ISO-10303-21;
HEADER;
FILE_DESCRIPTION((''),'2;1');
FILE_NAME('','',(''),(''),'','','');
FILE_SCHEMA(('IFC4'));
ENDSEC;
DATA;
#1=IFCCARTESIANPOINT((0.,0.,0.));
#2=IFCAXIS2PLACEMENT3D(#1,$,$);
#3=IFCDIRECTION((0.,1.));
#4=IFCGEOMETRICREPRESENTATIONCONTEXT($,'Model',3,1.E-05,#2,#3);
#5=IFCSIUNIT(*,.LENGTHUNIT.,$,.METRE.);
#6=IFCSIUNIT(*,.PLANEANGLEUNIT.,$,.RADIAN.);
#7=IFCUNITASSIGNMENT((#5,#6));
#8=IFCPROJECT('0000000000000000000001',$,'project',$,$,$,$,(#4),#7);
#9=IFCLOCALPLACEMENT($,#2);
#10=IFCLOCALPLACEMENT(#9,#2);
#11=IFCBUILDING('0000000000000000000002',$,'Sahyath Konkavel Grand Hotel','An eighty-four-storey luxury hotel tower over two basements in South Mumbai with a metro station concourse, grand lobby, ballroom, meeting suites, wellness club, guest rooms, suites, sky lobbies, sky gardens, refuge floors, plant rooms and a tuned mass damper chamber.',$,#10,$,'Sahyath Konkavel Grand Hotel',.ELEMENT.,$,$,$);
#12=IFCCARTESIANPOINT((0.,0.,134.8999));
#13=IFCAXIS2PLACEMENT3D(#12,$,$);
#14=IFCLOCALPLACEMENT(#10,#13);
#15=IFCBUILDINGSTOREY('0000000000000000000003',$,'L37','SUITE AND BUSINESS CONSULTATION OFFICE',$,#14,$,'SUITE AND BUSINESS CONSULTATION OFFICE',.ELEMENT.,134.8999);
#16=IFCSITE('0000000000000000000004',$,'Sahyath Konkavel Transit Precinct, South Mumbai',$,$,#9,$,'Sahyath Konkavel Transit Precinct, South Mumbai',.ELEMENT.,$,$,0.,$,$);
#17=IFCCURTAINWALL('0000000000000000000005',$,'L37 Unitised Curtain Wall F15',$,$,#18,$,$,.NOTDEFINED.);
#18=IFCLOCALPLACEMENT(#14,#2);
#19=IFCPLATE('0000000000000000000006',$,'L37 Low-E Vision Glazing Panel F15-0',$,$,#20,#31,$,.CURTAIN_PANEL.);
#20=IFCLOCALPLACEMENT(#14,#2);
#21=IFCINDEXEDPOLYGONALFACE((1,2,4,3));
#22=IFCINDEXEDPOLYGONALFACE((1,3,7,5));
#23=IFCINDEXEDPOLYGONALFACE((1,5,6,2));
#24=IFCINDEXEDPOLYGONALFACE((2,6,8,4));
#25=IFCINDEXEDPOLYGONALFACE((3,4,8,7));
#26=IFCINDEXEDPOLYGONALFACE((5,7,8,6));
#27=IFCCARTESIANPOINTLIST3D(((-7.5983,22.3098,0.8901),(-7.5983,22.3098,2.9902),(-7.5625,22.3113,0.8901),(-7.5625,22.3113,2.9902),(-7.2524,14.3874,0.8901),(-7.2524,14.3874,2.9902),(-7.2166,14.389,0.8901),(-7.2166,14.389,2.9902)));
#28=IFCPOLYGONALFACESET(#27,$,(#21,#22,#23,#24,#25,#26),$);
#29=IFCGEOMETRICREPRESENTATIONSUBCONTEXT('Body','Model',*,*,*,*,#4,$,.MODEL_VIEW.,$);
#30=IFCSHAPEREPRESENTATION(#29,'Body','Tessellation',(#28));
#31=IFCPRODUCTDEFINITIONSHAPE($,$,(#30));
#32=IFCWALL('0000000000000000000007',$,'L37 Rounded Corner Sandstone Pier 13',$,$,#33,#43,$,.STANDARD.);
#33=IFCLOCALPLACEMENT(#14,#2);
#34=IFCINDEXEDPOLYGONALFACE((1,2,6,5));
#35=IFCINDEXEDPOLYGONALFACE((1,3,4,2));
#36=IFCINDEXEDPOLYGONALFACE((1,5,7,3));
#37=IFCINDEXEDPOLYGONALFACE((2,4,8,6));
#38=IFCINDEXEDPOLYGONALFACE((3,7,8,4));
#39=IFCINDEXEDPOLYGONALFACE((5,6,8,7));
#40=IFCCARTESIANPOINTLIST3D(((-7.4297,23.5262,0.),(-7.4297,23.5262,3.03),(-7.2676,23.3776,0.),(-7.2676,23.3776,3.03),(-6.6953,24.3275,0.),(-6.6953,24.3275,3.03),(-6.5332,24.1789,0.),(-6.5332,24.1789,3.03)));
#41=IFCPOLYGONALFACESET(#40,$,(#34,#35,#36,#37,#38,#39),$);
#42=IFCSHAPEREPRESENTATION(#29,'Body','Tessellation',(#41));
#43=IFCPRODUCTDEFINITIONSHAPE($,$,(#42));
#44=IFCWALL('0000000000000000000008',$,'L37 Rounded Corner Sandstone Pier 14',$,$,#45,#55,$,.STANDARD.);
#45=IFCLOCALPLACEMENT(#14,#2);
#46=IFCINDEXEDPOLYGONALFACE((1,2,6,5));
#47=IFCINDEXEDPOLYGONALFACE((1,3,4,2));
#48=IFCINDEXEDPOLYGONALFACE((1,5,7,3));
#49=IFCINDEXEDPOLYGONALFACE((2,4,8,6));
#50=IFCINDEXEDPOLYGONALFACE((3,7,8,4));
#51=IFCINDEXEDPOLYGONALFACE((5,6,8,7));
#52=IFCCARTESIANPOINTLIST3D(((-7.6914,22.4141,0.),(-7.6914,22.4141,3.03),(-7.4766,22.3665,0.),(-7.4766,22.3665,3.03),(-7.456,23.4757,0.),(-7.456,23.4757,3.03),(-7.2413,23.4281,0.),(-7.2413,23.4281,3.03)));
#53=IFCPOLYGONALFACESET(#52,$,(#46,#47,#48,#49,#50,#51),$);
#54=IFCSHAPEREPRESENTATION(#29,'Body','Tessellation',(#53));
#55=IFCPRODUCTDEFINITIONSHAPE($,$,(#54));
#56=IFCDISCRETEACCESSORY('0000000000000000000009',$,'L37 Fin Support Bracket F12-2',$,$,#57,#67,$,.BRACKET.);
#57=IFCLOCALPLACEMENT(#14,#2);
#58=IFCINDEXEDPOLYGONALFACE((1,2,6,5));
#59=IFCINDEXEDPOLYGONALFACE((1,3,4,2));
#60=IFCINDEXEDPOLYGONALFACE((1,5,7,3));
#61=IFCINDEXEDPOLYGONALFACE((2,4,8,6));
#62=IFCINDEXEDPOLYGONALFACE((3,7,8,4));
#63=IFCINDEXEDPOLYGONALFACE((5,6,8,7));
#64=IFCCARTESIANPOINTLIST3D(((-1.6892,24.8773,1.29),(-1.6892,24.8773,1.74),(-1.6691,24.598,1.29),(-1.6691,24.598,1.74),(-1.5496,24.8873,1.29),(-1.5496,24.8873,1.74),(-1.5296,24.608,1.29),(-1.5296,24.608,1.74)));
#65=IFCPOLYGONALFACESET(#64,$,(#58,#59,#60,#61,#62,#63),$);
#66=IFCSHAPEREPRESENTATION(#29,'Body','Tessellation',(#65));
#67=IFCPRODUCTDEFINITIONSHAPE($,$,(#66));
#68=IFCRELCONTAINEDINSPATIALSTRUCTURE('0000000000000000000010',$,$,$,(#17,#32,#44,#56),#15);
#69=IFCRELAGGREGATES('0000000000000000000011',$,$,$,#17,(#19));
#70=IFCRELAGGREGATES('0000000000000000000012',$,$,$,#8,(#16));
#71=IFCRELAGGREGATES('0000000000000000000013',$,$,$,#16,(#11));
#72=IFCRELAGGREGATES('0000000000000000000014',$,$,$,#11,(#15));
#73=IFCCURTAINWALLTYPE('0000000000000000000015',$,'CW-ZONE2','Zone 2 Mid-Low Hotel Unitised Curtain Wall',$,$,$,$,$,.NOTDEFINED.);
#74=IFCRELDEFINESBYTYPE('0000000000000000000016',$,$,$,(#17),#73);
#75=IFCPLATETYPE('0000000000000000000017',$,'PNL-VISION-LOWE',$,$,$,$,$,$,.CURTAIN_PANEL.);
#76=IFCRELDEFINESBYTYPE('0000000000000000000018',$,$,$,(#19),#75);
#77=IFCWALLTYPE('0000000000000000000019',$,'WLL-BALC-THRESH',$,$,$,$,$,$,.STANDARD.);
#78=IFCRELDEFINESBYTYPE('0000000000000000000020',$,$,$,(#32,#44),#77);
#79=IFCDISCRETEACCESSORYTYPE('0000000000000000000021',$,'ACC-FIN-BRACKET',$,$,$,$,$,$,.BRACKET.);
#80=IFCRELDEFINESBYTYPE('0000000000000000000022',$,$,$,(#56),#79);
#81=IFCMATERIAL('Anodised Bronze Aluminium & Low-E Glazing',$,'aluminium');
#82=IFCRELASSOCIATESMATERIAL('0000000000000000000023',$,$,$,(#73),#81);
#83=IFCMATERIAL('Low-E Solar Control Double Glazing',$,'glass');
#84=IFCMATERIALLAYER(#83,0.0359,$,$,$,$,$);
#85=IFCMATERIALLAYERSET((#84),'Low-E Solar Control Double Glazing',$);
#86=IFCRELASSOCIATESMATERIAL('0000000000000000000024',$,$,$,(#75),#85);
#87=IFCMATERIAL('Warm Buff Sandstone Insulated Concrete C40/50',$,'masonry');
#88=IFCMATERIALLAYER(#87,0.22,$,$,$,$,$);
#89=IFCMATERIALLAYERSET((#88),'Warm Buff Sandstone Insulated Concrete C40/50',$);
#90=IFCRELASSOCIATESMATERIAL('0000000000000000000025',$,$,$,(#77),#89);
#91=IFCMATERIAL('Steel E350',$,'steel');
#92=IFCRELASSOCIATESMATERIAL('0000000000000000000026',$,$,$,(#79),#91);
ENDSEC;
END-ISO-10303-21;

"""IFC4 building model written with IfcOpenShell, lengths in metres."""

from ifc_helpers import new_model, si_unit, direction, frame, frame_2d, origin, origin_2d, place, context, subcontext, project, spatial, rectangle, extrude, source, transform, mapped, material, layer, layer_set, type_object, element, aggregate, save


model = new_model("IFC4")

# Units and contexts
model_context = context("Model", 3, precision=1e-05, world=origin(), true_north=direction((0.0, 1.0)))
body_context = subcontext(model_context, "Body", "Model", "MODEL_VIEW")
ifc_project = project(units=[si_unit("LENGTHUNIT", "METRE"), si_unit("PLANEANGLEUNIT", "RADIAN")], contexts=[model_context])

# Site, building, storey
site_placement = place(None, origin())
site = spatial("IfcSite", under=ifc_project, at=site_placement, Name="Sahyath Konkavel Transit Precinct, South Mumbai", LongName="Sahyath Konkavel Transit Precinct, South Mumbai", CompositionType="ELEMENT", RefElevation=0.0)
building_placement = place(site_placement, origin())
building = spatial("IfcBuilding", under=site, at=building_placement, Name="Sahyath Konkavel Grand Hotel", Description="An eighty-four-storey luxury hotel tower over two basements in South Mumbai with a metro station concourse, grand lobby, ballroom, meeting suites, wellness club, guest rooms, suites, sky lobbies, sky gardens, refuge floors, plant rooms and a tuned mass damper chamber.", LongName="Sahyath Konkavel Grand Hotel", CompositionType="ELEMENT")
storey_placement = place(building_placement, frame((0.0, 0.0, 134.8999)))
storey = spatial("IfcBuildingStorey", under=building, at=storey_placement, Name="L37", Description="SUITE AND BUSINESS CONSULTATION OFFICE", LongName="SUITE AND BUSINESS CONSULTATION OFFICE", CompositionType="ELEMENT", Elevation=134.8999)

# Shared definitions
ifc_material_1 = material(Name="Steel E350", Category="steel")

# Shared definitions
ifc_material_2 = material(Name="Anodised Bronze Aluminium & Low-E Glazing", Category="aluminium")
curtain_wall_type = type_object("IfcCurtainWallType", Name="CW-ZONE2", Description="Zone 2 Mid-Low Hotel Unitised Curtain Wall", PredefinedType="NOTDEFINED", material=ifc_material_2)

# Curtain wall
curtain_wall_1_placement = place(storey_placement, origin())
curtain_wall_1 = element("IfcCurtainWall", 1, at=curtain_wall_1_placement, inside=storey, type_object=curtain_wall_type, Name="L37 Unitised Curtain Wall F15", PredefinedType="NOTDEFINED")

# Plate
ifc_material_3 = material(Name="Low-E Solar Control Double Glazing", Category="glass")
ifc_layer_1 = layer(ifc_material_3, 0.0359)
ifc_layer_set_1 = layer_set([ifc_layer_1], Name="Low-E Solar Control Double Glazing")
plate_type_1 = type_object("IfcPlateType", Name="PNL-VISION-LOWE", PredefinedType="CURTAIN_PANEL", material=ifc_layer_set_1)
shared_shape_1 = source(origin(), body_context, "Body", "SweptSolid", [
    extrude(rectangle(XDim=7.9299, YDim=0.0359, at=origin_2d()), origin(), (0.0, 0.0, 1.0), 2.1001),
])
plate_1_placement = place(storey_placement, frame((-7.4075, 18.3494, 0.8901), z_axis=(0.0, 0.0, 1.0), x_axis=(0.043619, -0.999048, 0.0)))
plate_1 = element("IfcPlate", 2, at=plate_1_placement, type_object=plate_type_1, Name="L37 Low-E Vision Glazing Panel F15-0", PredefinedType="CURTAIN_PANEL", context=body_context, shape_type="MappedRepresentation", body=[
    mapped(shared_shape_1, transform((0.0, 0.0, 0.0), scale=1.0)),
])
aggregate(curtain_wall_1, [plate_1])

# Walls
ifc_material_4 = material(Name="Warm Buff Sandstone Insulated Concrete C40/50", Category="masonry")
ifc_layer_2 = layer(ifc_material_4, 0.22)
ifc_layer_set_2 = layer_set([ifc_layer_2], Name="Warm Buff Sandstone Insulated Concrete C40/50")
wall_type = type_object("IfcWallType", Name="WLL-BALC-THRESH", PredefinedType="STANDARD", material=ifc_layer_set_2)
wall_1_placement = place(storey_placement, frame((-6.6143, 24.2532, 0.0), z_axis=(0.0, 0.0, 1.0), x_axis=(-0.675664, -0.73721, 0.0)))
element("IfcWall", 3, at=wall_1_placement, inside=storey, type_object=wall_type, Name="L37 Rounded Corner Sandstone Pier 13", PredefinedType="STANDARD", context=body_context, shape_type="SweptSolid", body=[
    extrude(rectangle(XDim=1.0869, YDim=0.22, at=frame_2d((0.5435, 0.0))), origin(), (0.0, 0.0, 1.0), 3.03),
])
wall_2_placement = place(storey_placement, frame((-7.3486, 23.4519, 0.0), z_axis=(0.0, 0.0, 1.0), x_axis=(-0.216455, -0.976293, 0.0)))
element("IfcWall", 4, at=wall_2_placement, inside=storey, type_object=wall_type, Name="L37 Rounded Corner Sandstone Pier 14", PredefinedType="STANDARD", context=body_context, shape_type="SweptSolid", body=[
    extrude(rectangle(XDim=1.0874, YDim=0.22, at=frame_2d((0.5437, 0.0))), origin(), (0.0, 0.0, 1.0), 3.03),
])

# Discrete accessory
discrete_accessory_type = type_object("IfcDiscreteAccessoryType", Name="ACC-FIN-BRACKET", PredefinedType="BRACKET", material=ifc_material_1)
shared_shape_2 = source(origin(), body_context, "Body", "SweptSolid", [
    extrude(rectangle(XDim=0.28, YDim=0.1399, at=origin_2d()), origin(), (0.0, 0.0, 1.0), 0.45),
])
discrete_accessory_placement = place(storey_placement, frame((-1.6094, 24.7427, 1.29), z_axis=(0.0, 0.0, 1.0), x_axis=(-0.071567, 0.997436, 0.0)))
element("IfcDiscreteAccessory", 5, at=discrete_accessory_placement, inside=storey, type_object=discrete_accessory_type, Name="L37 Fin Support Bracket F12-2", PredefinedType="BRACKET", context=body_context, shape_type="MappedRepresentation", body=[
    mapped(shared_shape_2, transform((0.0, 0.0, 0.0), scale=1.0)),
])

save(model, "model.ifc")
